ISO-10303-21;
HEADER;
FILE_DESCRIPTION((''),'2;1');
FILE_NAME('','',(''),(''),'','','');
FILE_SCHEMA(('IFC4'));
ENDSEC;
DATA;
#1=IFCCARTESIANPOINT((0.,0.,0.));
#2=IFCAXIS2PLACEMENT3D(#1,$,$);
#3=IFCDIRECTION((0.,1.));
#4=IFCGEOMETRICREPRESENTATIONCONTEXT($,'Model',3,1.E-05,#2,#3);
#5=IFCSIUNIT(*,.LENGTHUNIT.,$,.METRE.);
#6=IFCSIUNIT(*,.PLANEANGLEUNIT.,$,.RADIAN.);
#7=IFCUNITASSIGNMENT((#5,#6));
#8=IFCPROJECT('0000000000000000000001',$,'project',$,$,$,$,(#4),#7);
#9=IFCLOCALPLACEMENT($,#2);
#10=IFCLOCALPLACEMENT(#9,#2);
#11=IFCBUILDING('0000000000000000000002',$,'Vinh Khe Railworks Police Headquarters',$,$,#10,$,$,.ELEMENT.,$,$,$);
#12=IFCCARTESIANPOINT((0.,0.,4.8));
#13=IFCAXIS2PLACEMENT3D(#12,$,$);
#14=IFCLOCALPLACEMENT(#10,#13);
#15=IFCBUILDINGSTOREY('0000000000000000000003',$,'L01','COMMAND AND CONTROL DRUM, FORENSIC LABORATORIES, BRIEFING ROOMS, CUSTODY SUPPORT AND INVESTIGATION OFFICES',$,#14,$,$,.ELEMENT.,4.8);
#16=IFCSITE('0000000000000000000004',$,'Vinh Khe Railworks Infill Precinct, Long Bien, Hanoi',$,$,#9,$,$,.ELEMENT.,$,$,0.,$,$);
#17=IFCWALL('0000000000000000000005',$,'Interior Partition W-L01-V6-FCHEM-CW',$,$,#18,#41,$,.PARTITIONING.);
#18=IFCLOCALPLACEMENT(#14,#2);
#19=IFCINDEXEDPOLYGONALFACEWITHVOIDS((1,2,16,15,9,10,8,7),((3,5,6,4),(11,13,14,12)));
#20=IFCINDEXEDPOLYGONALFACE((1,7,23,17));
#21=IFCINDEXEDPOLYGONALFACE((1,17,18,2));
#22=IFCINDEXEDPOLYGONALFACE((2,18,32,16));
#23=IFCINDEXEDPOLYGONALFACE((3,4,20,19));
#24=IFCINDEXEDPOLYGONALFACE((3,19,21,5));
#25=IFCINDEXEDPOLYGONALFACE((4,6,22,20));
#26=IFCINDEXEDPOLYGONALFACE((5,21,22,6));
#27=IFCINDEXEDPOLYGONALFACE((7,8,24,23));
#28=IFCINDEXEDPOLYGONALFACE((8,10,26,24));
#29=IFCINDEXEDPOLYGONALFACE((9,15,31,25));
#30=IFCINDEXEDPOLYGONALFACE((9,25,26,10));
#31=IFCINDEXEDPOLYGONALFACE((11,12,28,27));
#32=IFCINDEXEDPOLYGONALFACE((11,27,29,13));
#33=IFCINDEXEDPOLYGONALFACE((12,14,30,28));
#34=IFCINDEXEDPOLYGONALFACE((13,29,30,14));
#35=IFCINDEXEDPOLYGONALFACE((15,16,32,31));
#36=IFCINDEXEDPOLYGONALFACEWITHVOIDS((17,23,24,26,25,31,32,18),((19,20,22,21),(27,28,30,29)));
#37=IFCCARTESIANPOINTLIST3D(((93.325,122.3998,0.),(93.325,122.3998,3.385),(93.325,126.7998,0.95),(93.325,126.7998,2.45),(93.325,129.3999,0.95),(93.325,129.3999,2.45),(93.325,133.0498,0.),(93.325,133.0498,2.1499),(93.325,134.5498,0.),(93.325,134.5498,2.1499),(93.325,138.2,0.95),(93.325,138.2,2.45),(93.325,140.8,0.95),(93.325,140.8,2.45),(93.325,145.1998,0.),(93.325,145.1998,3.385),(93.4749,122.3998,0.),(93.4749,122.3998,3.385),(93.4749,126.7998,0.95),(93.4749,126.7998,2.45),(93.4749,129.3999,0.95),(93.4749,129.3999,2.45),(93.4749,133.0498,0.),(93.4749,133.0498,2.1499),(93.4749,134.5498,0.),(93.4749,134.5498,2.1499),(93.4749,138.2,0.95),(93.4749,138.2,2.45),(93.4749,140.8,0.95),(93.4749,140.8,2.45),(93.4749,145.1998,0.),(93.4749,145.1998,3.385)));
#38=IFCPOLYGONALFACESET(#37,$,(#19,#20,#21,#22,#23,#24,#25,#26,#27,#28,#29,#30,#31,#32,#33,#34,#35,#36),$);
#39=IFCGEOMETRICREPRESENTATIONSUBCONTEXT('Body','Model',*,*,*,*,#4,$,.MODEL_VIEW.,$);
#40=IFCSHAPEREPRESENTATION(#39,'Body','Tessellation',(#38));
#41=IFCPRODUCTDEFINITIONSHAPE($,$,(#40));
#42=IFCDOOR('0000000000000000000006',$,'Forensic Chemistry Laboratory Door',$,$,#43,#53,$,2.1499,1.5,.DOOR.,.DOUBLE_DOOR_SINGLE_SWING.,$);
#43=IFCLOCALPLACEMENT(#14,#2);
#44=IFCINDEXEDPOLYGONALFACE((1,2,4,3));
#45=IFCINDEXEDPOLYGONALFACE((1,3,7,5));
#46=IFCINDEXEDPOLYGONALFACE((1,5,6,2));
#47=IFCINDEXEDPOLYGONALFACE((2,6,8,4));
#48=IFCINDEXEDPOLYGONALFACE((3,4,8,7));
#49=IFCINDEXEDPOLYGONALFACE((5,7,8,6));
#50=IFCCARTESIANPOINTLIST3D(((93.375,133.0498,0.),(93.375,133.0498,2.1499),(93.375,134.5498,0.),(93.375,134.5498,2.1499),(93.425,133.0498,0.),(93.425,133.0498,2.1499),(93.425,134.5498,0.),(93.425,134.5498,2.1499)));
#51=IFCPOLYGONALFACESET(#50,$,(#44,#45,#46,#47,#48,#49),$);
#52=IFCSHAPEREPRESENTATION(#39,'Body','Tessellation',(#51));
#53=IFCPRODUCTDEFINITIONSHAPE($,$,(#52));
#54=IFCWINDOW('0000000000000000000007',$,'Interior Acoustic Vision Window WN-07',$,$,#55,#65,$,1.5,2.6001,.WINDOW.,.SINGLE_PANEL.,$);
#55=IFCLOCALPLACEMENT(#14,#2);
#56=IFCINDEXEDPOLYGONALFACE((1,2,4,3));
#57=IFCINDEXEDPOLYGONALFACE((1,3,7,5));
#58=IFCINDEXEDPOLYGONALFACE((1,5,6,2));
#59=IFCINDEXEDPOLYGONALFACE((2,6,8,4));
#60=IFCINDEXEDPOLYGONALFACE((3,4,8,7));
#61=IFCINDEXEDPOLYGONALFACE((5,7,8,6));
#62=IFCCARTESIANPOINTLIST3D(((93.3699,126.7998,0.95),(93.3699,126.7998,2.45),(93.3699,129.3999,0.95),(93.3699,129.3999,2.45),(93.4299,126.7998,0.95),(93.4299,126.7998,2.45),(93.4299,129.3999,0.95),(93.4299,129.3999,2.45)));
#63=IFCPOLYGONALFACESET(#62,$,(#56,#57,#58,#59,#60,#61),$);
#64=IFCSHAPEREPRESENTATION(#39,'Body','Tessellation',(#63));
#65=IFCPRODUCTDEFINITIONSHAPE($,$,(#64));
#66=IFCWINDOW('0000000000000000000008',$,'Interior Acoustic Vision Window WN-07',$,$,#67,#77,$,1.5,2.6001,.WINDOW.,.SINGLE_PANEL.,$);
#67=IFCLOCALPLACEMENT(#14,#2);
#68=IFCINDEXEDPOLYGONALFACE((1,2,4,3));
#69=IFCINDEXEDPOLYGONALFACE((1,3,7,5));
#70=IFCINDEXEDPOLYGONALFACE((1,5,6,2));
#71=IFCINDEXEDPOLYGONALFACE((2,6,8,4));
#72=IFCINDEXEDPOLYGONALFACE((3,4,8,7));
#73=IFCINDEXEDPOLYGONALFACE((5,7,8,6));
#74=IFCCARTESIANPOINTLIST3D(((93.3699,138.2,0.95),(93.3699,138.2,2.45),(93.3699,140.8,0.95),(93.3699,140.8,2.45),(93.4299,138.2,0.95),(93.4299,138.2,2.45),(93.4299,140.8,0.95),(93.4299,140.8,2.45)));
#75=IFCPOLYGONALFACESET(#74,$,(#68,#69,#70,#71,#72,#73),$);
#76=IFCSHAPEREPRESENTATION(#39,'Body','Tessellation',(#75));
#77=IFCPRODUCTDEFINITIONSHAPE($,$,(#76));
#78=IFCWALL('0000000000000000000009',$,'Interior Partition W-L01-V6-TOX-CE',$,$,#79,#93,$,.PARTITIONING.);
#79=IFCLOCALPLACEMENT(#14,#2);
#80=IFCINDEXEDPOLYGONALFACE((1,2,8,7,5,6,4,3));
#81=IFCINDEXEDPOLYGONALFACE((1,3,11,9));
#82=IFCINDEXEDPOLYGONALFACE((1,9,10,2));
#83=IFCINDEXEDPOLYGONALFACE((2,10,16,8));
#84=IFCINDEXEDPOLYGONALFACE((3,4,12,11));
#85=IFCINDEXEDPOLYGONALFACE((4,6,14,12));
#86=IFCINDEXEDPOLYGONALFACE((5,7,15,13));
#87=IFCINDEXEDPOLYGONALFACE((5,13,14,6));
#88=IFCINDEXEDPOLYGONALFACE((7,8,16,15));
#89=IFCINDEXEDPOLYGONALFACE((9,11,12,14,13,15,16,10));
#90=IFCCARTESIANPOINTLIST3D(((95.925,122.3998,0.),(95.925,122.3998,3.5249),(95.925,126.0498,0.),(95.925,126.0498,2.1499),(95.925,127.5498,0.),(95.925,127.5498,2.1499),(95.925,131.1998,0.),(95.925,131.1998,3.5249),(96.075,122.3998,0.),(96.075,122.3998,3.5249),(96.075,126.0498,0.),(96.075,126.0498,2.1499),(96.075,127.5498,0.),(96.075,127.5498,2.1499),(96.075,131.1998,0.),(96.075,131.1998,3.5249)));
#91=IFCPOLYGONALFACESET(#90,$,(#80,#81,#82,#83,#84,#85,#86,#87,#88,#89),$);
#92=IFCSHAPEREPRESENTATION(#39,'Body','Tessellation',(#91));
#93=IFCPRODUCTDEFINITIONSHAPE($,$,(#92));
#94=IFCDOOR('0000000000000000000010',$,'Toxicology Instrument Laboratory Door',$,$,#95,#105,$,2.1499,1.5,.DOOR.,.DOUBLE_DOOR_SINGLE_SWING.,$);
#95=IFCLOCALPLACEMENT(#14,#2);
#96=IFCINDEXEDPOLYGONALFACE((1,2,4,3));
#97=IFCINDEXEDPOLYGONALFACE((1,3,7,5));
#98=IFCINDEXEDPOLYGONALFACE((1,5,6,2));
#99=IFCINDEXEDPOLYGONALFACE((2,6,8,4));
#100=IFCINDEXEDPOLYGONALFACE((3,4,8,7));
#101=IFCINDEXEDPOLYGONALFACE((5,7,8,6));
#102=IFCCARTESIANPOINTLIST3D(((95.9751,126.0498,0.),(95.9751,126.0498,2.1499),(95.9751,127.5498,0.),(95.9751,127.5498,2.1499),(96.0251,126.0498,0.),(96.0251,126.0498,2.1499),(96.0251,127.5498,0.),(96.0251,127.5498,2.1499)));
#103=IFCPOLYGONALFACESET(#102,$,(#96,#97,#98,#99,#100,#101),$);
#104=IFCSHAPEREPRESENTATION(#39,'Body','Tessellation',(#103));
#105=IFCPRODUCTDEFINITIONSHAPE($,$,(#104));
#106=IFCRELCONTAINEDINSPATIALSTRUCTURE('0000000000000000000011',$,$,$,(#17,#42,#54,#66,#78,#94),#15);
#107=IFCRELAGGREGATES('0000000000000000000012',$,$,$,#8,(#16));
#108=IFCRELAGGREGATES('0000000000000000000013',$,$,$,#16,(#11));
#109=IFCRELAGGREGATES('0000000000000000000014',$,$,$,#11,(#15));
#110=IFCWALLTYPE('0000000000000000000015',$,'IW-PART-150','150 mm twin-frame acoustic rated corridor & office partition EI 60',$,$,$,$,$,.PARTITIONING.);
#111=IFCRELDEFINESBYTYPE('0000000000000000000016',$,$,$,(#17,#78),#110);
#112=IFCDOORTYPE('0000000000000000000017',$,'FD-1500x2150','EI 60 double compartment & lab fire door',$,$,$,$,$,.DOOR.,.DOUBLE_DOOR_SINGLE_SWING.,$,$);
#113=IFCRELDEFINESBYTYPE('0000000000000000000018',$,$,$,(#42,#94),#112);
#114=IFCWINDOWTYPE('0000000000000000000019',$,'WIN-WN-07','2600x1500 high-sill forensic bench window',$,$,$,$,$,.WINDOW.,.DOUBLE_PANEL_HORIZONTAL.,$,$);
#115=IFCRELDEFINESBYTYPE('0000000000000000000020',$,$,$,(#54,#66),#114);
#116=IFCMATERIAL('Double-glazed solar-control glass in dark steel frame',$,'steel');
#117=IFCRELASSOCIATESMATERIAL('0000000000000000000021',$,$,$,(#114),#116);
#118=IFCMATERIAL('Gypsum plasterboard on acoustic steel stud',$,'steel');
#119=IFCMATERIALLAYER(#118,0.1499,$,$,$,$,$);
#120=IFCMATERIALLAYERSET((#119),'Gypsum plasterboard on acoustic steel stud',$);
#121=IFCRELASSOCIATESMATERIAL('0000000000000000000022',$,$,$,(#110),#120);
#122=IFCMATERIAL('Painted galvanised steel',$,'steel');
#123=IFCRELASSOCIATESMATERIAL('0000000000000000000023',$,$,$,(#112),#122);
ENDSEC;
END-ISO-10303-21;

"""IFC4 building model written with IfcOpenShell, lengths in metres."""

from ifc_helpers import new_model, si_unit, direction, frame, frame_2d, origin, place, context, subcontext, project, spatial, rectangle, extrude, material, layer, layer_set, type_object, element, fill, save


model = new_model("IFC4")

# Units and contexts
model_context = context("Model", 3, precision=1e-05, world=origin(), true_north=direction((0.0, 1.0)))
body_context = subcontext(model_context, "Body", "Model", "MODEL_VIEW")
ifc_project = project(units=[si_unit("LENGTHUNIT", "METRE"), si_unit("PLANEANGLEUNIT", "RADIAN")], contexts=[model_context])

# Site, building, storey
site_placement = place(None, origin())
site = spatial("IfcSite", under=ifc_project, at=site_placement, Name="Vinh Khe Railworks Infill Precinct, Long Bien, Hanoi", CompositionType="ELEMENT", RefElevation=0.0)
building_placement = place(site_placement, origin())
building = spatial("IfcBuilding", under=site, at=building_placement, Name="Vinh Khe Railworks Police Headquarters", CompositionType="ELEMENT")
storey_placement = place(building_placement, frame((0.0, 0.0, 4.8)))
storey = spatial("IfcBuildingStorey", under=building, at=storey_placement, Name="L01", Description="COMMAND AND CONTROL DRUM, FORENSIC LABORATORIES, BRIEFING ROOMS, CUSTODY SUPPORT AND INVESTIGATION OFFICES", CompositionType="ELEMENT", Elevation=4.8)

# Shared definitions
ifc_material_1 = material(Name="Double-glazed solar-control glass in dark steel frame", Category="steel")
window_type = type_object("IfcWindowType", Name="WIN-WN-07", Description="2600x1500 high-sill forensic bench window", PartitioningType="DOUBLE_PANEL_HORIZONTAL", PredefinedType="WINDOW", material=ifc_material_1)

# Wall, openings, door, windows
ifc_material_2 = material(Name="Gypsum plasterboard on acoustic steel stud", Category="steel")
ifc_layer_1 = layer(ifc_material_2, 0.1499)
ifc_layer_set_1 = layer_set([ifc_layer_1], Name="Gypsum plasterboard on acoustic steel stud")
wall_type_1 = type_object("IfcWallType", Name="IW-PART-150", Description="150 mm twin-frame acoustic rated corridor & office partition EI 60", PredefinedType="PARTITIONING", material=ifc_layer_set_1)
wall_1_placement = place(storey_placement, frame((93.3999, 122.3999, 0.0), z_axis=(0.0, 0.0, 1.0), x_axis=(0.0, 1.0, 0.0)))
wall_1 = element("IfcWall", 1, at=wall_1_placement, inside=storey, type_object=wall_type_1, Name="Interior Partition W-L01-V6-FCHEM-CW", PredefinedType="PARTITIONING", context=body_context, shape_type="SweptSolid", body=[
    extrude(rectangle(XDim=22.8, YDim=0.1499, at=frame_2d((11.3999, 0.0))), origin(), (0.0, 0.0, 1.0), 3.385),
])
opening_1_placement = place(wall_1_placement, frame((10.6499, 0.0, 0.0)))
opening_1 = element("IfcOpeningElement", 2, at=opening_1_placement, cuts=wall_1, PredefinedType="OPENING", context=body_context, shape_type="SweptSolid", body=[
    extrude(rectangle(XDim=1.5, YDim=2.1499, at=frame_2d((0.75, 1.075))), frame((0.0, 0.0898, 0.0), z_axis=(0.0, -1.0, 0.0), x_axis=(1.0, 0.0, 0.0)), (0.0, 0.0, 1.0), 0.1797),
])
opening_2_placement = place(wall_1_placement, frame((4.3999, 0.0, 0.95)))
opening_2 = element("IfcOpeningElement", 3, at=opening_2_placement, cuts=wall_1, PredefinedType="OPENING", context=body_context, shape_type="SweptSolid", body=[
    extrude(rectangle(XDim=2.6001, YDim=1.5, at=frame_2d((1.3, 0.75))), frame((0.0, 0.0898, 0.0), z_axis=(0.0, -1.0, 0.0), x_axis=(1.0, 0.0, 0.0)), (0.0, 0.0, 1.0), 0.1797),
])
opening_3_placement = place(wall_1_placement, frame((15.8, 0.0, 0.95)))
opening_3 = element("IfcOpeningElement", 4, at=opening_3_placement, cuts=wall_1, PredefinedType="OPENING", context=body_context, shape_type="SweptSolid", body=[
    extrude(rectangle(XDim=2.6001, YDim=1.5, at=frame_2d((1.3, 0.75))), frame((0.0, 0.0898, 0.0), z_axis=(0.0, -1.0, 0.0), x_axis=(1.0, 0.0, 0.0)), (0.0, 0.0, 1.0), 0.1797),
])
ifc_material_3 = material(Name="Painted galvanised steel", Category="steel")
door_type_1 = type_object("IfcDoorType", Name="FD-1500x2150", Description="EI 60 double compartment & lab fire door", OperationType="DOUBLE_DOOR_SINGLE_SWING", PredefinedType="DOOR", material=ifc_material_3)
door_1_placement = place(opening_1_placement, origin())
door_1 = element("IfcDoor", 5, at=door_1_placement, inside=storey, type_object=door_type_1, Name="Forensic Chemistry Laboratory Door", OperationType="DOUBLE_DOOR_SINGLE_SWING", OverallHeight=2.1499, OverallWidth=1.5, PredefinedType="DOOR", context=body_context, shape_type="SweptSolid", body=[
    extrude(rectangle(XDim=1.5, YDim=2.1499, at=frame_2d((0.75, 1.075))), frame((0.0, 0.0249, 0.0), z_axis=(0.0, -1.0, 0.0), x_axis=(1.0, 0.0, 0.0)), (0.0, 0.0, 1.0), 0.05),
])
fill(opening_1, door_1)
window_1_placement = place(opening_2_placement, origin())
window_1 = element("IfcWindow", 6, at=window_1_placement, inside=storey, type_object=window_type, Name="Interior Acoustic Vision Window WN-07", OverallHeight=1.5, OverallWidth=2.6001, PartitioningType="SINGLE_PANEL", PredefinedType="WINDOW", context=body_context, shape_type="SweptSolid", body=[
    extrude(rectangle(XDim=2.6001, YDim=1.5, at=frame_2d((1.3, 0.75))), frame((0.0, 0.03, 0.0), z_axis=(0.0, -1.0, 0.0), x_axis=(1.0, 0.0, 0.0)), (0.0, 0.0, 1.0), 0.0601),
])
fill(opening_2, window_1)
window_2_placement = place(opening_3_placement, origin())
window_2 = element("IfcWindow", 7, at=window_2_placement, inside=storey, type_object=window_type, Name="Interior Acoustic Vision Window WN-07", OverallHeight=1.5, OverallWidth=2.6001, PartitioningType="SINGLE_PANEL", PredefinedType="WINDOW", context=body_context, shape_type="SweptSolid", body=[
    extrude(rectangle(XDim=2.6001, YDim=1.5, at=frame_2d((1.3, 0.75))), frame((0.0, 0.03, 0.0), z_axis=(0.0, -1.0, 0.0), x_axis=(1.0, 0.0, 0.0)), (0.0, 0.0, 1.0), 0.0601),
])
fill(opening_3, window_2)

# Wall, opening, door
wall_2_placement = place(storey_placement, frame((96.0, 122.3999, 0.0), z_axis=(0.0, 0.0, 1.0), x_axis=(0.0, 1.0, 0.0)))
wall_2 = element("IfcWall", 8, at=wall_2_placement, inside=storey, type_object=wall_type_1, Name="Interior Partition W-L01-V6-TOX-CE", PredefinedType="PARTITIONING", context=body_context, shape_type="SweptSolid", body=[
    extrude(rectangle(XDim=8.8, YDim=0.1499, at=frame_2d((4.3999, 0.0))), origin(), (0.0, 0.0, 1.0), 3.5249),
])
opening_4_placement = place(wall_2_placement, frame((3.6499, 0.0, 0.0)))
opening_4 = element("IfcOpeningElement", 9, at=opening_4_placement, cuts=wall_2, PredefinedType="OPENING", context=body_context, shape_type="SweptSolid", body=[
    extrude(rectangle(XDim=1.5, YDim=2.1499, at=frame_2d((0.75, 1.075))), frame((0.0, 0.0898, 0.0), z_axis=(0.0, -1.0, 0.0), x_axis=(1.0, 0.0, 0.0)), (0.0, 0.0, 1.0), 0.1797),
])
door_2_placement = place(opening_4_placement, origin())
door_2 = element("IfcDoor", 10, at=door_2_placement, inside=storey, type_object=door_type_1, Name="Toxicology Instrument Laboratory Door", OperationType="DOUBLE_DOOR_SINGLE_SWING", OverallHeight=2.1499, OverallWidth=1.5, PredefinedType="DOOR", context=body_context, shape_type="SweptSolid", body=[
    extrude(rectangle(XDim=1.5, YDim=2.1499, at=frame_2d((0.75, 1.075))), frame((0.0, 0.0249, 0.0), z_axis=(0.0, -1.0, 0.0), x_axis=(1.0, 0.0, 0.0)), (0.0, 0.0, 1.0), 0.05),
])
fill(opening_4, door_2)

save(model, "model.ifc")
